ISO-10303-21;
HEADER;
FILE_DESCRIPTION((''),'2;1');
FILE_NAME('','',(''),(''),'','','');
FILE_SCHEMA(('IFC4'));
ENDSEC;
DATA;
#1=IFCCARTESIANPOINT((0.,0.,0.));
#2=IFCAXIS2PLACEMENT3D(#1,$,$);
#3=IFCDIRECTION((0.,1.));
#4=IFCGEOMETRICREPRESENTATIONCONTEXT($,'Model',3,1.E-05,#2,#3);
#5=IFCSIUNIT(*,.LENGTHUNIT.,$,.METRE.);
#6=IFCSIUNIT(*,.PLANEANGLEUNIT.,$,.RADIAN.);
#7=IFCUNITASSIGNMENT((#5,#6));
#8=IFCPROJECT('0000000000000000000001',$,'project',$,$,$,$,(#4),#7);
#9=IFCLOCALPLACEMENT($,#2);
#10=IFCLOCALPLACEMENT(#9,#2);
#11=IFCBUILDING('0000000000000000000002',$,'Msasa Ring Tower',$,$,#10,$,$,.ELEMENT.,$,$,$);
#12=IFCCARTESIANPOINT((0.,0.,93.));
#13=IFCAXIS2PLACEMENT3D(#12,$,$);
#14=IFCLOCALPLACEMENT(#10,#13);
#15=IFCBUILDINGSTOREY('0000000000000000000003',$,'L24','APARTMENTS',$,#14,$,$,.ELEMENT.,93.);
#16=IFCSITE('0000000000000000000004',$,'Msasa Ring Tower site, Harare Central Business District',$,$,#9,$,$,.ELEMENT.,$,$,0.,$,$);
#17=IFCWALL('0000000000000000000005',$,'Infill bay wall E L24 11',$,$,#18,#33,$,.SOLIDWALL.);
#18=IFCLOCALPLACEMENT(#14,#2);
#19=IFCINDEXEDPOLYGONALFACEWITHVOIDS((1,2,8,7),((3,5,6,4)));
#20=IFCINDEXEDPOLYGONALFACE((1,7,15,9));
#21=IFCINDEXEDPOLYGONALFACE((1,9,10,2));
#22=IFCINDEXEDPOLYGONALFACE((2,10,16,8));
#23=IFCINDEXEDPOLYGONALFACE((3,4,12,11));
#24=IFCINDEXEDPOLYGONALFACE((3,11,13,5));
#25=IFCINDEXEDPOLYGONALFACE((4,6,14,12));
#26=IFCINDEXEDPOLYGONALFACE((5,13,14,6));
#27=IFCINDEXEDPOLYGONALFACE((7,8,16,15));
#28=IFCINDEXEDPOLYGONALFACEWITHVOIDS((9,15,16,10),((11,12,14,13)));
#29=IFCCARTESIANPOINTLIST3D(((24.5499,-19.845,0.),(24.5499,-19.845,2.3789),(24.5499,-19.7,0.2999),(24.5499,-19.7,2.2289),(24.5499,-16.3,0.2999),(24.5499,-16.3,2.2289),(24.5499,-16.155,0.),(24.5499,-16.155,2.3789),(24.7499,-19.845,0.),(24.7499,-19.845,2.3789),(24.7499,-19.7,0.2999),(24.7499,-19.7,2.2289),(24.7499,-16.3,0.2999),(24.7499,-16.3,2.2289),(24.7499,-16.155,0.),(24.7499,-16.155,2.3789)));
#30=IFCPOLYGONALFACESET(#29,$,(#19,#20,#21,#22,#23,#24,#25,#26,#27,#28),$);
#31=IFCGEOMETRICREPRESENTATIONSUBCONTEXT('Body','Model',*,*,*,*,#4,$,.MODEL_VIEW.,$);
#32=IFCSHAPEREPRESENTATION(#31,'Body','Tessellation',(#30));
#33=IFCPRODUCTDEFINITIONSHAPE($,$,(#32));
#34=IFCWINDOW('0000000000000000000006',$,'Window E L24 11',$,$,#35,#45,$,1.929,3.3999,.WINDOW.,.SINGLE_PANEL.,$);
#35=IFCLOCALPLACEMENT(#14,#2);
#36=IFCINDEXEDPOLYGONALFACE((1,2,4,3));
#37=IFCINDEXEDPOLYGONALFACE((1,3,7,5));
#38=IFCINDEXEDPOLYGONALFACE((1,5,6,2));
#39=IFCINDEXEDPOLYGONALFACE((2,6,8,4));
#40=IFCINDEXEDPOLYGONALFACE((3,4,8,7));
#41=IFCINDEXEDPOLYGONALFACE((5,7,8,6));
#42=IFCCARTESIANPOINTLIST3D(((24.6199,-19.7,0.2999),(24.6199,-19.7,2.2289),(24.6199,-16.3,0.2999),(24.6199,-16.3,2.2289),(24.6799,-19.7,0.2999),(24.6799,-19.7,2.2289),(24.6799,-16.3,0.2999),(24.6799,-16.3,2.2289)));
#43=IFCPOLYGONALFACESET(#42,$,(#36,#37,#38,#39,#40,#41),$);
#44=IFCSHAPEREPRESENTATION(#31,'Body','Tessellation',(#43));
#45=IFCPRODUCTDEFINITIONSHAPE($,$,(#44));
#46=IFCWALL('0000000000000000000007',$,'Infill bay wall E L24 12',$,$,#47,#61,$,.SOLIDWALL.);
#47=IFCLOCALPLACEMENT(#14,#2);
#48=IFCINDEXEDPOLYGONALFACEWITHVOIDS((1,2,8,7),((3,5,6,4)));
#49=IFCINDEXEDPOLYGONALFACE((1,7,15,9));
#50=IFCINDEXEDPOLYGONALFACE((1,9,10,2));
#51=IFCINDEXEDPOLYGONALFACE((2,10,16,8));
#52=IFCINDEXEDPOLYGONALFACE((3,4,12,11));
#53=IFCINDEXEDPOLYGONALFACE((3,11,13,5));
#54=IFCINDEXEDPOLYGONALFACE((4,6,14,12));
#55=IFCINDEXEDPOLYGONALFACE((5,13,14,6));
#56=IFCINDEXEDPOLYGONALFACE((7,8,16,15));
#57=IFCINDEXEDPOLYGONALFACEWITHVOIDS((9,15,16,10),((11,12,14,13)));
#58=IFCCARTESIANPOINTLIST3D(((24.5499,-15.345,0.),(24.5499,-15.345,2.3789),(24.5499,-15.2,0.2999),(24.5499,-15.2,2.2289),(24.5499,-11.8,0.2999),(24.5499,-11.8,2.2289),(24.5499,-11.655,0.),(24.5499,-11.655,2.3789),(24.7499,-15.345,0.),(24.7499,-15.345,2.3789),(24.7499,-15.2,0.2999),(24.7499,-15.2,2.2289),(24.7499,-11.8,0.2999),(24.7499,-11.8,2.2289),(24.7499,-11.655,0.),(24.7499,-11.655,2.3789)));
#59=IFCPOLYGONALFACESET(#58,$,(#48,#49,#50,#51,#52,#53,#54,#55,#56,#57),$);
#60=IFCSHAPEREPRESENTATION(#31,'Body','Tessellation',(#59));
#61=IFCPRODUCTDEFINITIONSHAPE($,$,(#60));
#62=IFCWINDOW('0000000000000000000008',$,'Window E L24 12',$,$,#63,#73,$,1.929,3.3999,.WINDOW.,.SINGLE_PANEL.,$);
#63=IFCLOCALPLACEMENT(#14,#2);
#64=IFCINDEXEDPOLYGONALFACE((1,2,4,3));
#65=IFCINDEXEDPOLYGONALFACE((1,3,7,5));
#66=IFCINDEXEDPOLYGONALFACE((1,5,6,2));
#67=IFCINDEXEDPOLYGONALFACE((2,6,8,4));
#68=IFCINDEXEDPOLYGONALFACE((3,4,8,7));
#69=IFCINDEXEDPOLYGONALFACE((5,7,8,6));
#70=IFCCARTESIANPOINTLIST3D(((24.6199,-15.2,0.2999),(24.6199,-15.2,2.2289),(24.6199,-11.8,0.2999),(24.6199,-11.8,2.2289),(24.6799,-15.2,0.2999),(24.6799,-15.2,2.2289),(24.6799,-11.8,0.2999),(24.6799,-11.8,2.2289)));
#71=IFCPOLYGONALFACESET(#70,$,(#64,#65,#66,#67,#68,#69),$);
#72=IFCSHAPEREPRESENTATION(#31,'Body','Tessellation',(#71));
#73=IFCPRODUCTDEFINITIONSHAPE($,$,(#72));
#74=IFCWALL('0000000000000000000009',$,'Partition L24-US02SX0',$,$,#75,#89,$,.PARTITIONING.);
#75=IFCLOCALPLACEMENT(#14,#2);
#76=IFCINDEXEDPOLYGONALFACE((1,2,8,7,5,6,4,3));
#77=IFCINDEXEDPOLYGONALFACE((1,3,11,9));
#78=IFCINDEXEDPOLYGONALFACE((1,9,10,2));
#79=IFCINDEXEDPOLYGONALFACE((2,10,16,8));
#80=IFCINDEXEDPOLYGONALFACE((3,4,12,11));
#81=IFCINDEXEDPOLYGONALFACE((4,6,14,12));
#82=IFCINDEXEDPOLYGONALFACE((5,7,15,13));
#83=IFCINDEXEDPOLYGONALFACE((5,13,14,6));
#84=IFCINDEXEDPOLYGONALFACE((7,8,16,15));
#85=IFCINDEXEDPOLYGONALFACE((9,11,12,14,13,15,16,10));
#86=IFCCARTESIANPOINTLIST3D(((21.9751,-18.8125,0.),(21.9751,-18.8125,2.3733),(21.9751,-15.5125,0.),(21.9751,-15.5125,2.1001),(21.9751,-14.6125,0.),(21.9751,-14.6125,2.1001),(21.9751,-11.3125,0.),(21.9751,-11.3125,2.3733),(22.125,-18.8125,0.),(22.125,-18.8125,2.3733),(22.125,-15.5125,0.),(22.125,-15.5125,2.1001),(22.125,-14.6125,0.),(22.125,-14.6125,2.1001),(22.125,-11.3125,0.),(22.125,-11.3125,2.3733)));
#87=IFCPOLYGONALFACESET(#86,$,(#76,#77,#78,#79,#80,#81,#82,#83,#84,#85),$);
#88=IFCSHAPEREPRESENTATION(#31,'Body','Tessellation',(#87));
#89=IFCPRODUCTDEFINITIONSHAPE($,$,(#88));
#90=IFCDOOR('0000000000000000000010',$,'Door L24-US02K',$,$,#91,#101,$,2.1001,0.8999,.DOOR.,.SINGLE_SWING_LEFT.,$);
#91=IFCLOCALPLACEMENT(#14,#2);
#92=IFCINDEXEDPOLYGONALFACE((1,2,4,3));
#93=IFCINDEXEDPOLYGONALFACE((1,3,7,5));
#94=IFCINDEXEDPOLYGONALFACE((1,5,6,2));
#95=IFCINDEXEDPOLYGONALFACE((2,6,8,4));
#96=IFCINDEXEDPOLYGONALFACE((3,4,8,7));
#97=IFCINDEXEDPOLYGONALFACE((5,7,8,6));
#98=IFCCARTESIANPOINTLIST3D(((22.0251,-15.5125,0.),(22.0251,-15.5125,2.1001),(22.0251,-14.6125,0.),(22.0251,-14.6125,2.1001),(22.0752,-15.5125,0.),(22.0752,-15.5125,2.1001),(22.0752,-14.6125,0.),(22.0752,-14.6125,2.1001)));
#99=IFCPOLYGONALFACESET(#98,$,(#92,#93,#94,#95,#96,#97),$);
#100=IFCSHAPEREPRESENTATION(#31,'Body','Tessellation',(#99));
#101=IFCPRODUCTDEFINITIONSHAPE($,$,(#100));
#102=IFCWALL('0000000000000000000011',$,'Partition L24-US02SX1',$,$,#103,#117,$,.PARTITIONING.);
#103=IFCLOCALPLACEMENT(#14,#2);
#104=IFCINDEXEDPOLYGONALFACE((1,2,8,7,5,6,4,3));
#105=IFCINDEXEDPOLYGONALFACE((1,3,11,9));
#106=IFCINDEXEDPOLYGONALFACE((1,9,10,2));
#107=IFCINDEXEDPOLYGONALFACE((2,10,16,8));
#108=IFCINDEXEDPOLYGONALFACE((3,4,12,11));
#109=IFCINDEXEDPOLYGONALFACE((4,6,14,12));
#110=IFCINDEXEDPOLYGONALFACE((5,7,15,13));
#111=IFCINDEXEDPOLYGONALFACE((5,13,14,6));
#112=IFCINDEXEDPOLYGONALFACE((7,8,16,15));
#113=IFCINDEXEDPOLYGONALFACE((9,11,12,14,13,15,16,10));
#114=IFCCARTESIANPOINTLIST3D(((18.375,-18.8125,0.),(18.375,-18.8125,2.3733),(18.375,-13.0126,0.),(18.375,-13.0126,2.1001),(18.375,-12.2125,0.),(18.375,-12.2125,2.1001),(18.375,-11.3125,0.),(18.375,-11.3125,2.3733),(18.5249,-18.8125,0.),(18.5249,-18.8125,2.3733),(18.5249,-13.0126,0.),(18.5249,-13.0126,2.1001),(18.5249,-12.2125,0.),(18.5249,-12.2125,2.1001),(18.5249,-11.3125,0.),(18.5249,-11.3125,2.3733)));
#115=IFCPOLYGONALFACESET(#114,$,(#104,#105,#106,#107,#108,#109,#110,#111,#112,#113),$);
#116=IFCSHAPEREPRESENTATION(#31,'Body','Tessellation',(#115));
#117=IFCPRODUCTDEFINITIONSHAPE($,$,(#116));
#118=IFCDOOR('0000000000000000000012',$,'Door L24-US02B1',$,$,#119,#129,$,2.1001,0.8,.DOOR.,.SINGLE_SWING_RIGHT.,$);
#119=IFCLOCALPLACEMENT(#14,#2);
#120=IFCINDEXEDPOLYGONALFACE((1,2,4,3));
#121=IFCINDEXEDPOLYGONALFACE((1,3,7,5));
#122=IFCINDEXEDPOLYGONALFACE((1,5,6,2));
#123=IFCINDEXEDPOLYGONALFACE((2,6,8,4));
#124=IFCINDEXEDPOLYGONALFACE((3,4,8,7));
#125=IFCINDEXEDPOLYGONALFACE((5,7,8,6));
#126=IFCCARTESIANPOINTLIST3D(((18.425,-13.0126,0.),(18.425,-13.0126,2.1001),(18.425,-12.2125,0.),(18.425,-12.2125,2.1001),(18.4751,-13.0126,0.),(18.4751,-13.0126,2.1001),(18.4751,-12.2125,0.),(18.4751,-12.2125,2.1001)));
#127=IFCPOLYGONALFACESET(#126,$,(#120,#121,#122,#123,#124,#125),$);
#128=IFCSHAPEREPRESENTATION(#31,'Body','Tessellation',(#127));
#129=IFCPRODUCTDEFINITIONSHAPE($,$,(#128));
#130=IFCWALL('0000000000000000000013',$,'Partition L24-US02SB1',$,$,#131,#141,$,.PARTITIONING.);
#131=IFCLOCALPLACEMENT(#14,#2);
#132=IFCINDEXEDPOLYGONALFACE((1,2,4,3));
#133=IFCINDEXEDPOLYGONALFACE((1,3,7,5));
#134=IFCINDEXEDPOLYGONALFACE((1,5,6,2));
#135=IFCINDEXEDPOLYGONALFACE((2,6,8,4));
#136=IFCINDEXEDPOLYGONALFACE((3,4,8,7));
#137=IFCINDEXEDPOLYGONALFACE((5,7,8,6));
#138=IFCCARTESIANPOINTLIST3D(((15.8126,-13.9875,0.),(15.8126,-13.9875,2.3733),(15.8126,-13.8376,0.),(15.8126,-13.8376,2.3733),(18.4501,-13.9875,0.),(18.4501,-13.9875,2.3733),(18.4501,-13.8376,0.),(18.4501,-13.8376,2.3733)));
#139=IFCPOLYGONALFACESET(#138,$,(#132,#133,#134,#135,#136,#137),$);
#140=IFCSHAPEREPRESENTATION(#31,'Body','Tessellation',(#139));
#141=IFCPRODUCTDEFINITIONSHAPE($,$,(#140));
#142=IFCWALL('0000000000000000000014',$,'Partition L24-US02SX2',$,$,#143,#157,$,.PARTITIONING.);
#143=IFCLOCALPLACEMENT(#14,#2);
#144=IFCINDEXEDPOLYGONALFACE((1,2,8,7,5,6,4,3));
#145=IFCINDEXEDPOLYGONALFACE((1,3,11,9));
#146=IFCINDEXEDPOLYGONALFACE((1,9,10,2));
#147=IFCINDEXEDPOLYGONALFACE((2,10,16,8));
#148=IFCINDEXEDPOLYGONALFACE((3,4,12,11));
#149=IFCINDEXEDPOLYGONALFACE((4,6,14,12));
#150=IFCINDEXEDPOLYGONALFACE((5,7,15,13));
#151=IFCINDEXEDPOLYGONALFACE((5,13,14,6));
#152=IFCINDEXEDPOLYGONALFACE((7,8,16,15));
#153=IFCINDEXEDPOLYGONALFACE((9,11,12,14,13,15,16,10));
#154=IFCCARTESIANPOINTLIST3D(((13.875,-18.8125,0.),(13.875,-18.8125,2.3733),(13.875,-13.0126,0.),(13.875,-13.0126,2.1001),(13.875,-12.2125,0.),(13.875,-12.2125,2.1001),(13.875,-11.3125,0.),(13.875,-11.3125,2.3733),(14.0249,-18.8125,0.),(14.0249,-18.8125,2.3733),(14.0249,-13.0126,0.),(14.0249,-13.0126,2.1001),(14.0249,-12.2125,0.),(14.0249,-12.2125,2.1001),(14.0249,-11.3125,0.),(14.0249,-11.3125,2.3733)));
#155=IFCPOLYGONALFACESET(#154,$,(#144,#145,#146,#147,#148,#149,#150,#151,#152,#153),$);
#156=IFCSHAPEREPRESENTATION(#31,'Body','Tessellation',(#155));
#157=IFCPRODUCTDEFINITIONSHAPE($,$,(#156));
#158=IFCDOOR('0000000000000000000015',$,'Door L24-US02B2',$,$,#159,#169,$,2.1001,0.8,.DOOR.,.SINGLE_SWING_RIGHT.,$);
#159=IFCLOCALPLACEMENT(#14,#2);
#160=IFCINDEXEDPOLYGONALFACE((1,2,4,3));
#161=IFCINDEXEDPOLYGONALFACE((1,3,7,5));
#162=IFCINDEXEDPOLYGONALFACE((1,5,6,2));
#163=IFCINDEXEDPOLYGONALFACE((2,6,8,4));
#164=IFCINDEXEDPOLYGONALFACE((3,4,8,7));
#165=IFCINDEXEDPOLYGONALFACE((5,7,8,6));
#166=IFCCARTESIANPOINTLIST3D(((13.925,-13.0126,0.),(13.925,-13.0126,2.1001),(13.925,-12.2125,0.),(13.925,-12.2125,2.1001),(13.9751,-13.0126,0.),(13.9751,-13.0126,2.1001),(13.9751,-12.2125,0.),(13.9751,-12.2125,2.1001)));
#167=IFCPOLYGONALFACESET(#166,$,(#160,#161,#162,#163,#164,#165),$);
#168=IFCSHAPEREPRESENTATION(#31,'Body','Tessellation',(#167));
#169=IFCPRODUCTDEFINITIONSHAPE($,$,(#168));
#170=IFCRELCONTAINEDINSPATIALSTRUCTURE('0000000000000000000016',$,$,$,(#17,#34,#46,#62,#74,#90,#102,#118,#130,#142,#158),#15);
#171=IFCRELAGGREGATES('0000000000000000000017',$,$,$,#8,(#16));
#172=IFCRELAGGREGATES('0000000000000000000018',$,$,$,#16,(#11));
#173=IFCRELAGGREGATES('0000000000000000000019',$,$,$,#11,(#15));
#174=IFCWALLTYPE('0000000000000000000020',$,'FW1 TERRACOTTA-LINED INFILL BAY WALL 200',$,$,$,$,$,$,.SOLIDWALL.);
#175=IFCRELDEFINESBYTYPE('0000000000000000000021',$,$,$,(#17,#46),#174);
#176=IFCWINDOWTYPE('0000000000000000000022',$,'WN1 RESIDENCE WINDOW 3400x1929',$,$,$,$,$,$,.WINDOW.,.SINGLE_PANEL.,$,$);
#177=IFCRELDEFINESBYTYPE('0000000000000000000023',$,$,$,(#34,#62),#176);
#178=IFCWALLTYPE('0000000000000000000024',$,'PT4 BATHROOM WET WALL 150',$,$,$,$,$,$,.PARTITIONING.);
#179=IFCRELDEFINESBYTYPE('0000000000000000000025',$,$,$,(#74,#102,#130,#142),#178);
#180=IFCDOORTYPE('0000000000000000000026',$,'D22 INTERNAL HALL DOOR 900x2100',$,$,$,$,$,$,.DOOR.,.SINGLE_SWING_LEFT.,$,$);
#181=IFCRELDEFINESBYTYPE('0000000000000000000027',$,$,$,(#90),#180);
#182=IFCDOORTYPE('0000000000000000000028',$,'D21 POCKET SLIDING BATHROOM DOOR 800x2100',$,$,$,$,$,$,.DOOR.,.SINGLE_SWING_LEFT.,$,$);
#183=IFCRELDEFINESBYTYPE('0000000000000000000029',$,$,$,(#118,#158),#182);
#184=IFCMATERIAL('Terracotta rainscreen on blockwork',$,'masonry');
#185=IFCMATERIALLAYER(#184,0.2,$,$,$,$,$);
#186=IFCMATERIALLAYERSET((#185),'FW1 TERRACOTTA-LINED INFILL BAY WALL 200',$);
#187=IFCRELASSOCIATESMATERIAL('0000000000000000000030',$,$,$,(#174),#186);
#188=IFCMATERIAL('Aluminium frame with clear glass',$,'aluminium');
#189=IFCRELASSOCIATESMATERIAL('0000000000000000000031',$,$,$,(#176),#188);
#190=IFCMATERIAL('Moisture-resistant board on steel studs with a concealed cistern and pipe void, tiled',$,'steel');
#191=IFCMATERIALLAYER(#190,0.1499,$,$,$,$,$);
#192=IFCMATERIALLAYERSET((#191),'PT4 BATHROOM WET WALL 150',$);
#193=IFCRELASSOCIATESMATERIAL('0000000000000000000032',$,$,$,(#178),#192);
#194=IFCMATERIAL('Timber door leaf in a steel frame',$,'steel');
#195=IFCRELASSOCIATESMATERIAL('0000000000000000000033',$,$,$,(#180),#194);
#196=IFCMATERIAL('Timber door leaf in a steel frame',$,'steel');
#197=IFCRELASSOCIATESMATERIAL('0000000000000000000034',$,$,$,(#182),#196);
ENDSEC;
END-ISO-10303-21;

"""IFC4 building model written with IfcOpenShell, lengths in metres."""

from ifc_helpers import new_model, si_unit, direction, frame, frame_2d, origin, place, context, subcontext, project, spatial, rectangle, extrude, material, layer, layer_set, type_object, element, fill, save


model = new_model("IFC4")

# Units and contexts
model_context = context("Model", 3, precision=1e-05, world=origin(), true_north=direction((0.0, 1.0)))
body_context = subcontext(model_context, "Body", "Model", "MODEL_VIEW")
ifc_project = project(units=[si_unit("LENGTHUNIT", "METRE"), si_unit("PLANEANGLEUNIT", "RADIAN")], contexts=[model_context])

# Site, building, storey
site_placement = place(None, origin())
site = spatial("IfcSite", under=ifc_project, at=site_placement, Name="Msasa Ring Tower site, Harare Central Business District", CompositionType="ELEMENT", RefElevation=0.0)
building_placement = place(site_placement, origin())
building = spatial("IfcBuilding", under=site, at=building_placement, Name="Msasa Ring Tower", CompositionType="ELEMENT")
storey_placement = place(building_placement, frame((0.0, 0.0, 93.0)))
storey = spatial("IfcBuildingStorey", under=building, at=storey_placement, Name="L24", Description="APARTMENTS", CompositionType="ELEMENT", Elevation=93.0)

# Walls, openings, windows
ifc_material_1 = material(Name="Terracotta rainscreen on blockwork", Category="masonry")
ifc_layer_1 = layer(ifc_material_1, 0.2)
ifc_layer_set_1 = layer_set([ifc_layer_1], Name="FW1 TERRACOTTA-LINED INFILL BAY WALL 200")
wall_type_1 = type_object("IfcWallType", Name="FW1 TERRACOTTA-LINED INFILL BAY WALL 200", PredefinedType="SOLIDWALL", material=ifc_layer_set_1)
wall_1_placement = place(storey_placement, frame((24.6499, -19.845, 0.0), z_axis=(0.0, 0.0, 1.0), x_axis=(0.0, 1.0, 0.0)))
wall_1 = element("IfcWall", 1, at=wall_1_placement, inside=storey, type_object=wall_type_1, Name="Infill bay wall E L24 11", PredefinedType="SOLIDWALL", context=body_context, shape_type="SweptSolid", body=[
    extrude(rectangle(XDim=3.6899, YDim=0.2, at=frame_2d((1.845, 0.0))), origin(), (0.0, 0.0, 1.0), 2.3789),
])
opening_1_placement = place(wall_1_placement, frame((0.145, 0.0, 0.3)))
opening_1 = element("IfcOpeningElement", 2, at=opening_1_placement, cuts=wall_1, PredefinedType="OPENING", context=body_context, shape_type="SweptSolid", body=[
    extrude(rectangle(XDim=3.3999, YDim=1.929, at=frame_2d((1.7, 0.9644))), frame((0.0, 0.1099, 0.0), z_axis=(0.0, -1.0, 0.0), x_axis=(1.0, 0.0, 0.0)), (0.0, 0.0, 1.0), 0.22),
])
ifc_material_2 = material(Name="Aluminium frame with clear glass", Category="aluminium")
window_type = type_object("IfcWindowType", Name="WN1 RESIDENCE WINDOW 3400x1929", PartitioningType="SINGLE_PANEL", PredefinedType="WINDOW", material=ifc_material_2)
window_1_placement = place(opening_1_placement, origin())
window_1 = element("IfcWindow", 3, at=window_1_placement, inside=storey, type_object=window_type, Name="Window E L24 11", OverallHeight=1.929, OverallWidth=3.3999, PartitioningType="SINGLE_PANEL", PredefinedType="WINDOW", context=body_context, shape_type="SweptSolid", body=[
    extrude(rectangle(XDim=3.3999, YDim=1.929, at=frame_2d((1.7, 0.9644))), frame((0.0, 0.03, 0.0), z_axis=(0.0, -1.0, 0.0), x_axis=(1.0, 0.0, 0.0)), (0.0, 0.0, 1.0), 0.0601),
])
fill(opening_1, window_1)
wall_2_placement = place(storey_placement, frame((24.6499, -15.345, 0.0), z_axis=(0.0, 0.0, 1.0), x_axis=(0.0, 1.0, 0.0)))
wall_2 = element("IfcWall", 4, at=wall_2_placement, inside=storey, type_object=wall_type_1, Name="Infill bay wall E L24 12", PredefinedType="SOLIDWALL", context=body_context, shape_type="SweptSolid", body=[
    extrude(rectangle(XDim=3.6899, YDim=0.2, at=frame_2d((1.845, 0.0))), origin(), (0.0, 0.0, 1.0), 2.3789),
])
opening_2_placement = place(wall_2_placement, frame((0.145, 0.0, 0.3)))
opening_2 = element("IfcOpeningElement", 5, at=opening_2_placement, cuts=wall_2, PredefinedType="OPENING", context=body_context, shape_type="SweptSolid", body=[
    extrude(rectangle(XDim=3.3999, YDim=1.929, at=frame_2d((1.7, 0.9644))), frame((0.0, 0.1099, 0.0), z_axis=(0.0, -1.0, 0.0), x_axis=(1.0, 0.0, 0.0)), (0.0, 0.0, 1.0), 0.22),
])
window_2_placement = place(opening_2_placement, origin())
window_2 = element("IfcWindow", 6, at=window_2_placement, inside=storey, type_object=window_type, Name="Window E L24 12", OverallHeight=1.929, OverallWidth=3.3999, PartitioningType="SINGLE_PANEL", PredefinedType="WINDOW", context=body_context, shape_type="SweptSolid", body=[
    extrude(rectangle(XDim=3.3999, YDim=1.929, at=frame_2d((1.7, 0.9644))), frame((0.0, 0.03, 0.0), z_axis=(0.0, -1.0, 0.0), x_axis=(1.0, 0.0, 0.0)), (0.0, 0.0, 1.0), 0.0601),
])
fill(opening_2, window_2)

# Walls, openings, doors
ifc_material_3 = material(Name="Moisture-resistant board on steel studs with a concealed cistern and pipe void, tiled", Category="steel")
ifc_layer_2 = layer(ifc_material_3, 0.1499)
ifc_layer_set_2 = layer_set([ifc_layer_2], Name="PT4 BATHROOM WET WALL 150")
wall_type_2 = type_object("IfcWallType", Name="PT4 BATHROOM WET WALL 150", PredefinedType="PARTITIONING", material=ifc_layer_set_2)
wall_3_placement = place(storey_placement, frame((22.05, -18.8125, 0.0), z_axis=(0.0, 0.0, 1.0), x_axis=(0.0, 1.0, 0.0)))
wall_3 = element("IfcWall", 7, at=wall_3_placement, inside=storey, type_object=wall_type_2, Name="Partition L24-US02SX0", PredefinedType="PARTITIONING", context=body_context, shape_type="SweptSolid", body=[
    extrude(rectangle(XDim=7.5, YDim=0.1499, at=frame_2d((3.75, 0.0))), origin(), (0.0, 0.0, 1.0), 2.3733),
])
opening_3_placement = place(wall_3_placement, frame((3.3, 0.0, 0.0)))
opening_3 = element("IfcOpeningElement", 8, at=opening_3_placement, cuts=wall_3, PredefinedType="OPENING", context=body_context, shape_type="SweptSolid", body=[
    extrude(rectangle(XDim=0.8999, YDim=2.1001, at=frame_2d((0.45, 1.05))), frame((0.0, 0.085, 0.0), z_axis=(0.0, -1.0, 0.0), x_axis=(1.0, 0.0, 0.0)), (0.0, 0.0, 1.0), 0.1699),
])
ifc_material_4 = material(Name="Timber door leaf in a steel frame", Category="steel")
door_type_1 = type_object("IfcDoorType", Name="D22 INTERNAL HALL DOOR 900x2100", OperationType="SINGLE_SWING_LEFT", PredefinedType="DOOR", material=ifc_material_4)
door_1_placement = place(opening_3_placement, origin())
door_1 = element("IfcDoor", 9, at=door_1_placement, inside=storey, type_object=door_type_1, Name="Door L24-US02K", OperationType="SINGLE_SWING_LEFT", OverallHeight=2.1001, OverallWidth=0.8999, PredefinedType="DOOR", context=body_context, shape_type="SweptSolid", body=[
    extrude(rectangle(XDim=0.8999, YDim=2.1001, at=frame_2d((0.45, 1.05))), frame((0.0, 0.0249, 0.0), z_axis=(0.0, -1.0, 0.0), x_axis=(1.0, 0.0, 0.0)), (0.0, 0.0, 1.0), 0.05),
])
fill(opening_3, door_1)
wall_4_placement = place(storey_placement, frame((18.45, -18.8125, 0.0), z_axis=(0.0, 0.0, 1.0), x_axis=(0.0, 1.0, 0.0)))
wall_4 = element("IfcWall", 10, at=wall_4_placement, inside=storey, type_object=wall_type_2, Name="Partition L24-US02SX1", PredefinedType="PARTITIONING", context=body_context, shape_type="SweptSolid", body=[
    extrude(rectangle(XDim=7.5, YDim=0.1499, at=frame_2d((3.75, 0.0))), origin(), (0.0, 0.0, 1.0), 2.3733),
])
opening_4_placement = place(wall_4_placement, frame((5.8, 0.0, 0.0)))
opening_4 = element("IfcOpeningElement", 11, at=opening_4_placement, cuts=wall_4, PredefinedType="OPENING", context=body_context, shape_type="SweptSolid", body=[
    extrude(rectangle(XDim=0.8, YDim=2.1001, at=frame_2d((0.3999, 1.05))), frame((0.0, 0.085, 0.0), z_axis=(0.0, -1.0, 0.0), x_axis=(1.0, 0.0, 0.0)), (0.0, 0.0, 1.0), 0.1699),
])
ifc_material_5 = material(Name="Timber door leaf in a steel frame", Category="steel")
door_type_2 = type_object("IfcDoorType", Name="D21 POCKET SLIDING BATHROOM DOOR 800x2100", OperationType="SINGLE_SWING_LEFT", PredefinedType="DOOR", material=ifc_material_5)
door_2_placement = place(opening_4_placement, origin())
door_2 = element("IfcDoor", 12, at=door_2_placement, inside=storey, type_object=door_type_2, Name="Door L24-US02B1", OperationType="SINGLE_SWING_RIGHT", OverallHeight=2.1001, OverallWidth=0.8, PredefinedType="DOOR", context=body_context, shape_type="SweptSolid", body=[
    extrude(rectangle(XDim=0.8, YDim=2.1001, at=frame_2d((0.3999, 1.05))), frame((0.0, 0.0249, 0.0), z_axis=(0.0, -1.0, 0.0), x_axis=(1.0, 0.0, 0.0)), (0.0, 0.0, 1.0), 0.05),
])
fill(opening_4, door_2)

# Wall
wall_5_placement = place(storey_placement, frame((15.8125, -13.9126, 0.0), z_axis=(0.0, 0.0, 1.0), x_axis=(1.0, 0.0, 0.0)))
element("IfcWall", 13, at=wall_5_placement, inside=storey, type_object=wall_type_2, Name="Partition L24-US02SB1", PredefinedType="PARTITIONING", context=body_context, shape_type="SweptSolid", body=[
    extrude(rectangle(XDim=2.6375, YDim=0.1499, at=frame_2d((1.3188, 0.0))), origin(), (0.0, 0.0, 1.0), 2.3733),
])

# Wall, opening, door
wall_6_placement = place(storey_placement, frame((13.95, -18.8125, 0.0), z_axis=(0.0, 0.0, 1.0), x_axis=(0.0, 1.0, 0.0)))
wall_6 = element("IfcWall", 14, at=wall_6_placement, inside=storey, type_object=wall_type_2, Name="Partition L24-US02SX2", PredefinedType="PARTITIONING", context=body_context, shape_type="SweptSolid", body=[
    extrude(rectangle(XDim=7.5, YDim=0.1499, at=frame_2d((3.75, 0.0))), origin(), (0.0, 0.0, 1.0), 2.3733),
])
opening_5_placement = place(wall_6_placement, frame((5.8, 0.0, 0.0)))
opening_5 = element("IfcOpeningElement", 15, at=opening_5_placement, cuts=wall_6, PredefinedType="OPENING", context=body_context, shape_type="SweptSolid", body=[
    extrude(rectangle(XDim=0.8, YDim=2.1001, at=frame_2d((0.3999, 1.05))), frame((0.0, 0.085, 0.0), z_axis=(0.0, -1.0, 0.0), x_axis=(1.0, 0.0, 0.0)), (0.0, 0.0, 1.0), 0.1699),
])
door_3_placement = place(opening_5_placement, origin())
door_3 = element("IfcDoor", 16, at=door_3_placement, inside=storey, type_object=door_type_2, Name="Door L24-US02B2", OperationType="SINGLE_SWING_RIGHT", OverallHeight=2.1001, OverallWidth=0.8, PredefinedType="DOOR", context=body_context, shape_type="SweptSolid", body=[
    extrude(rectangle(XDim=0.8, YDim=2.1001, at=frame_2d((0.3999, 1.05))), frame((0.0, 0.0249, 0.0), z_axis=(0.0, -1.0, 0.0), x_axis=(1.0, 0.0, 0.0)), (0.0, 0.0, 1.0), 0.05),
])
fill(opening_5, door_3)

save(model, "model.ifc")
